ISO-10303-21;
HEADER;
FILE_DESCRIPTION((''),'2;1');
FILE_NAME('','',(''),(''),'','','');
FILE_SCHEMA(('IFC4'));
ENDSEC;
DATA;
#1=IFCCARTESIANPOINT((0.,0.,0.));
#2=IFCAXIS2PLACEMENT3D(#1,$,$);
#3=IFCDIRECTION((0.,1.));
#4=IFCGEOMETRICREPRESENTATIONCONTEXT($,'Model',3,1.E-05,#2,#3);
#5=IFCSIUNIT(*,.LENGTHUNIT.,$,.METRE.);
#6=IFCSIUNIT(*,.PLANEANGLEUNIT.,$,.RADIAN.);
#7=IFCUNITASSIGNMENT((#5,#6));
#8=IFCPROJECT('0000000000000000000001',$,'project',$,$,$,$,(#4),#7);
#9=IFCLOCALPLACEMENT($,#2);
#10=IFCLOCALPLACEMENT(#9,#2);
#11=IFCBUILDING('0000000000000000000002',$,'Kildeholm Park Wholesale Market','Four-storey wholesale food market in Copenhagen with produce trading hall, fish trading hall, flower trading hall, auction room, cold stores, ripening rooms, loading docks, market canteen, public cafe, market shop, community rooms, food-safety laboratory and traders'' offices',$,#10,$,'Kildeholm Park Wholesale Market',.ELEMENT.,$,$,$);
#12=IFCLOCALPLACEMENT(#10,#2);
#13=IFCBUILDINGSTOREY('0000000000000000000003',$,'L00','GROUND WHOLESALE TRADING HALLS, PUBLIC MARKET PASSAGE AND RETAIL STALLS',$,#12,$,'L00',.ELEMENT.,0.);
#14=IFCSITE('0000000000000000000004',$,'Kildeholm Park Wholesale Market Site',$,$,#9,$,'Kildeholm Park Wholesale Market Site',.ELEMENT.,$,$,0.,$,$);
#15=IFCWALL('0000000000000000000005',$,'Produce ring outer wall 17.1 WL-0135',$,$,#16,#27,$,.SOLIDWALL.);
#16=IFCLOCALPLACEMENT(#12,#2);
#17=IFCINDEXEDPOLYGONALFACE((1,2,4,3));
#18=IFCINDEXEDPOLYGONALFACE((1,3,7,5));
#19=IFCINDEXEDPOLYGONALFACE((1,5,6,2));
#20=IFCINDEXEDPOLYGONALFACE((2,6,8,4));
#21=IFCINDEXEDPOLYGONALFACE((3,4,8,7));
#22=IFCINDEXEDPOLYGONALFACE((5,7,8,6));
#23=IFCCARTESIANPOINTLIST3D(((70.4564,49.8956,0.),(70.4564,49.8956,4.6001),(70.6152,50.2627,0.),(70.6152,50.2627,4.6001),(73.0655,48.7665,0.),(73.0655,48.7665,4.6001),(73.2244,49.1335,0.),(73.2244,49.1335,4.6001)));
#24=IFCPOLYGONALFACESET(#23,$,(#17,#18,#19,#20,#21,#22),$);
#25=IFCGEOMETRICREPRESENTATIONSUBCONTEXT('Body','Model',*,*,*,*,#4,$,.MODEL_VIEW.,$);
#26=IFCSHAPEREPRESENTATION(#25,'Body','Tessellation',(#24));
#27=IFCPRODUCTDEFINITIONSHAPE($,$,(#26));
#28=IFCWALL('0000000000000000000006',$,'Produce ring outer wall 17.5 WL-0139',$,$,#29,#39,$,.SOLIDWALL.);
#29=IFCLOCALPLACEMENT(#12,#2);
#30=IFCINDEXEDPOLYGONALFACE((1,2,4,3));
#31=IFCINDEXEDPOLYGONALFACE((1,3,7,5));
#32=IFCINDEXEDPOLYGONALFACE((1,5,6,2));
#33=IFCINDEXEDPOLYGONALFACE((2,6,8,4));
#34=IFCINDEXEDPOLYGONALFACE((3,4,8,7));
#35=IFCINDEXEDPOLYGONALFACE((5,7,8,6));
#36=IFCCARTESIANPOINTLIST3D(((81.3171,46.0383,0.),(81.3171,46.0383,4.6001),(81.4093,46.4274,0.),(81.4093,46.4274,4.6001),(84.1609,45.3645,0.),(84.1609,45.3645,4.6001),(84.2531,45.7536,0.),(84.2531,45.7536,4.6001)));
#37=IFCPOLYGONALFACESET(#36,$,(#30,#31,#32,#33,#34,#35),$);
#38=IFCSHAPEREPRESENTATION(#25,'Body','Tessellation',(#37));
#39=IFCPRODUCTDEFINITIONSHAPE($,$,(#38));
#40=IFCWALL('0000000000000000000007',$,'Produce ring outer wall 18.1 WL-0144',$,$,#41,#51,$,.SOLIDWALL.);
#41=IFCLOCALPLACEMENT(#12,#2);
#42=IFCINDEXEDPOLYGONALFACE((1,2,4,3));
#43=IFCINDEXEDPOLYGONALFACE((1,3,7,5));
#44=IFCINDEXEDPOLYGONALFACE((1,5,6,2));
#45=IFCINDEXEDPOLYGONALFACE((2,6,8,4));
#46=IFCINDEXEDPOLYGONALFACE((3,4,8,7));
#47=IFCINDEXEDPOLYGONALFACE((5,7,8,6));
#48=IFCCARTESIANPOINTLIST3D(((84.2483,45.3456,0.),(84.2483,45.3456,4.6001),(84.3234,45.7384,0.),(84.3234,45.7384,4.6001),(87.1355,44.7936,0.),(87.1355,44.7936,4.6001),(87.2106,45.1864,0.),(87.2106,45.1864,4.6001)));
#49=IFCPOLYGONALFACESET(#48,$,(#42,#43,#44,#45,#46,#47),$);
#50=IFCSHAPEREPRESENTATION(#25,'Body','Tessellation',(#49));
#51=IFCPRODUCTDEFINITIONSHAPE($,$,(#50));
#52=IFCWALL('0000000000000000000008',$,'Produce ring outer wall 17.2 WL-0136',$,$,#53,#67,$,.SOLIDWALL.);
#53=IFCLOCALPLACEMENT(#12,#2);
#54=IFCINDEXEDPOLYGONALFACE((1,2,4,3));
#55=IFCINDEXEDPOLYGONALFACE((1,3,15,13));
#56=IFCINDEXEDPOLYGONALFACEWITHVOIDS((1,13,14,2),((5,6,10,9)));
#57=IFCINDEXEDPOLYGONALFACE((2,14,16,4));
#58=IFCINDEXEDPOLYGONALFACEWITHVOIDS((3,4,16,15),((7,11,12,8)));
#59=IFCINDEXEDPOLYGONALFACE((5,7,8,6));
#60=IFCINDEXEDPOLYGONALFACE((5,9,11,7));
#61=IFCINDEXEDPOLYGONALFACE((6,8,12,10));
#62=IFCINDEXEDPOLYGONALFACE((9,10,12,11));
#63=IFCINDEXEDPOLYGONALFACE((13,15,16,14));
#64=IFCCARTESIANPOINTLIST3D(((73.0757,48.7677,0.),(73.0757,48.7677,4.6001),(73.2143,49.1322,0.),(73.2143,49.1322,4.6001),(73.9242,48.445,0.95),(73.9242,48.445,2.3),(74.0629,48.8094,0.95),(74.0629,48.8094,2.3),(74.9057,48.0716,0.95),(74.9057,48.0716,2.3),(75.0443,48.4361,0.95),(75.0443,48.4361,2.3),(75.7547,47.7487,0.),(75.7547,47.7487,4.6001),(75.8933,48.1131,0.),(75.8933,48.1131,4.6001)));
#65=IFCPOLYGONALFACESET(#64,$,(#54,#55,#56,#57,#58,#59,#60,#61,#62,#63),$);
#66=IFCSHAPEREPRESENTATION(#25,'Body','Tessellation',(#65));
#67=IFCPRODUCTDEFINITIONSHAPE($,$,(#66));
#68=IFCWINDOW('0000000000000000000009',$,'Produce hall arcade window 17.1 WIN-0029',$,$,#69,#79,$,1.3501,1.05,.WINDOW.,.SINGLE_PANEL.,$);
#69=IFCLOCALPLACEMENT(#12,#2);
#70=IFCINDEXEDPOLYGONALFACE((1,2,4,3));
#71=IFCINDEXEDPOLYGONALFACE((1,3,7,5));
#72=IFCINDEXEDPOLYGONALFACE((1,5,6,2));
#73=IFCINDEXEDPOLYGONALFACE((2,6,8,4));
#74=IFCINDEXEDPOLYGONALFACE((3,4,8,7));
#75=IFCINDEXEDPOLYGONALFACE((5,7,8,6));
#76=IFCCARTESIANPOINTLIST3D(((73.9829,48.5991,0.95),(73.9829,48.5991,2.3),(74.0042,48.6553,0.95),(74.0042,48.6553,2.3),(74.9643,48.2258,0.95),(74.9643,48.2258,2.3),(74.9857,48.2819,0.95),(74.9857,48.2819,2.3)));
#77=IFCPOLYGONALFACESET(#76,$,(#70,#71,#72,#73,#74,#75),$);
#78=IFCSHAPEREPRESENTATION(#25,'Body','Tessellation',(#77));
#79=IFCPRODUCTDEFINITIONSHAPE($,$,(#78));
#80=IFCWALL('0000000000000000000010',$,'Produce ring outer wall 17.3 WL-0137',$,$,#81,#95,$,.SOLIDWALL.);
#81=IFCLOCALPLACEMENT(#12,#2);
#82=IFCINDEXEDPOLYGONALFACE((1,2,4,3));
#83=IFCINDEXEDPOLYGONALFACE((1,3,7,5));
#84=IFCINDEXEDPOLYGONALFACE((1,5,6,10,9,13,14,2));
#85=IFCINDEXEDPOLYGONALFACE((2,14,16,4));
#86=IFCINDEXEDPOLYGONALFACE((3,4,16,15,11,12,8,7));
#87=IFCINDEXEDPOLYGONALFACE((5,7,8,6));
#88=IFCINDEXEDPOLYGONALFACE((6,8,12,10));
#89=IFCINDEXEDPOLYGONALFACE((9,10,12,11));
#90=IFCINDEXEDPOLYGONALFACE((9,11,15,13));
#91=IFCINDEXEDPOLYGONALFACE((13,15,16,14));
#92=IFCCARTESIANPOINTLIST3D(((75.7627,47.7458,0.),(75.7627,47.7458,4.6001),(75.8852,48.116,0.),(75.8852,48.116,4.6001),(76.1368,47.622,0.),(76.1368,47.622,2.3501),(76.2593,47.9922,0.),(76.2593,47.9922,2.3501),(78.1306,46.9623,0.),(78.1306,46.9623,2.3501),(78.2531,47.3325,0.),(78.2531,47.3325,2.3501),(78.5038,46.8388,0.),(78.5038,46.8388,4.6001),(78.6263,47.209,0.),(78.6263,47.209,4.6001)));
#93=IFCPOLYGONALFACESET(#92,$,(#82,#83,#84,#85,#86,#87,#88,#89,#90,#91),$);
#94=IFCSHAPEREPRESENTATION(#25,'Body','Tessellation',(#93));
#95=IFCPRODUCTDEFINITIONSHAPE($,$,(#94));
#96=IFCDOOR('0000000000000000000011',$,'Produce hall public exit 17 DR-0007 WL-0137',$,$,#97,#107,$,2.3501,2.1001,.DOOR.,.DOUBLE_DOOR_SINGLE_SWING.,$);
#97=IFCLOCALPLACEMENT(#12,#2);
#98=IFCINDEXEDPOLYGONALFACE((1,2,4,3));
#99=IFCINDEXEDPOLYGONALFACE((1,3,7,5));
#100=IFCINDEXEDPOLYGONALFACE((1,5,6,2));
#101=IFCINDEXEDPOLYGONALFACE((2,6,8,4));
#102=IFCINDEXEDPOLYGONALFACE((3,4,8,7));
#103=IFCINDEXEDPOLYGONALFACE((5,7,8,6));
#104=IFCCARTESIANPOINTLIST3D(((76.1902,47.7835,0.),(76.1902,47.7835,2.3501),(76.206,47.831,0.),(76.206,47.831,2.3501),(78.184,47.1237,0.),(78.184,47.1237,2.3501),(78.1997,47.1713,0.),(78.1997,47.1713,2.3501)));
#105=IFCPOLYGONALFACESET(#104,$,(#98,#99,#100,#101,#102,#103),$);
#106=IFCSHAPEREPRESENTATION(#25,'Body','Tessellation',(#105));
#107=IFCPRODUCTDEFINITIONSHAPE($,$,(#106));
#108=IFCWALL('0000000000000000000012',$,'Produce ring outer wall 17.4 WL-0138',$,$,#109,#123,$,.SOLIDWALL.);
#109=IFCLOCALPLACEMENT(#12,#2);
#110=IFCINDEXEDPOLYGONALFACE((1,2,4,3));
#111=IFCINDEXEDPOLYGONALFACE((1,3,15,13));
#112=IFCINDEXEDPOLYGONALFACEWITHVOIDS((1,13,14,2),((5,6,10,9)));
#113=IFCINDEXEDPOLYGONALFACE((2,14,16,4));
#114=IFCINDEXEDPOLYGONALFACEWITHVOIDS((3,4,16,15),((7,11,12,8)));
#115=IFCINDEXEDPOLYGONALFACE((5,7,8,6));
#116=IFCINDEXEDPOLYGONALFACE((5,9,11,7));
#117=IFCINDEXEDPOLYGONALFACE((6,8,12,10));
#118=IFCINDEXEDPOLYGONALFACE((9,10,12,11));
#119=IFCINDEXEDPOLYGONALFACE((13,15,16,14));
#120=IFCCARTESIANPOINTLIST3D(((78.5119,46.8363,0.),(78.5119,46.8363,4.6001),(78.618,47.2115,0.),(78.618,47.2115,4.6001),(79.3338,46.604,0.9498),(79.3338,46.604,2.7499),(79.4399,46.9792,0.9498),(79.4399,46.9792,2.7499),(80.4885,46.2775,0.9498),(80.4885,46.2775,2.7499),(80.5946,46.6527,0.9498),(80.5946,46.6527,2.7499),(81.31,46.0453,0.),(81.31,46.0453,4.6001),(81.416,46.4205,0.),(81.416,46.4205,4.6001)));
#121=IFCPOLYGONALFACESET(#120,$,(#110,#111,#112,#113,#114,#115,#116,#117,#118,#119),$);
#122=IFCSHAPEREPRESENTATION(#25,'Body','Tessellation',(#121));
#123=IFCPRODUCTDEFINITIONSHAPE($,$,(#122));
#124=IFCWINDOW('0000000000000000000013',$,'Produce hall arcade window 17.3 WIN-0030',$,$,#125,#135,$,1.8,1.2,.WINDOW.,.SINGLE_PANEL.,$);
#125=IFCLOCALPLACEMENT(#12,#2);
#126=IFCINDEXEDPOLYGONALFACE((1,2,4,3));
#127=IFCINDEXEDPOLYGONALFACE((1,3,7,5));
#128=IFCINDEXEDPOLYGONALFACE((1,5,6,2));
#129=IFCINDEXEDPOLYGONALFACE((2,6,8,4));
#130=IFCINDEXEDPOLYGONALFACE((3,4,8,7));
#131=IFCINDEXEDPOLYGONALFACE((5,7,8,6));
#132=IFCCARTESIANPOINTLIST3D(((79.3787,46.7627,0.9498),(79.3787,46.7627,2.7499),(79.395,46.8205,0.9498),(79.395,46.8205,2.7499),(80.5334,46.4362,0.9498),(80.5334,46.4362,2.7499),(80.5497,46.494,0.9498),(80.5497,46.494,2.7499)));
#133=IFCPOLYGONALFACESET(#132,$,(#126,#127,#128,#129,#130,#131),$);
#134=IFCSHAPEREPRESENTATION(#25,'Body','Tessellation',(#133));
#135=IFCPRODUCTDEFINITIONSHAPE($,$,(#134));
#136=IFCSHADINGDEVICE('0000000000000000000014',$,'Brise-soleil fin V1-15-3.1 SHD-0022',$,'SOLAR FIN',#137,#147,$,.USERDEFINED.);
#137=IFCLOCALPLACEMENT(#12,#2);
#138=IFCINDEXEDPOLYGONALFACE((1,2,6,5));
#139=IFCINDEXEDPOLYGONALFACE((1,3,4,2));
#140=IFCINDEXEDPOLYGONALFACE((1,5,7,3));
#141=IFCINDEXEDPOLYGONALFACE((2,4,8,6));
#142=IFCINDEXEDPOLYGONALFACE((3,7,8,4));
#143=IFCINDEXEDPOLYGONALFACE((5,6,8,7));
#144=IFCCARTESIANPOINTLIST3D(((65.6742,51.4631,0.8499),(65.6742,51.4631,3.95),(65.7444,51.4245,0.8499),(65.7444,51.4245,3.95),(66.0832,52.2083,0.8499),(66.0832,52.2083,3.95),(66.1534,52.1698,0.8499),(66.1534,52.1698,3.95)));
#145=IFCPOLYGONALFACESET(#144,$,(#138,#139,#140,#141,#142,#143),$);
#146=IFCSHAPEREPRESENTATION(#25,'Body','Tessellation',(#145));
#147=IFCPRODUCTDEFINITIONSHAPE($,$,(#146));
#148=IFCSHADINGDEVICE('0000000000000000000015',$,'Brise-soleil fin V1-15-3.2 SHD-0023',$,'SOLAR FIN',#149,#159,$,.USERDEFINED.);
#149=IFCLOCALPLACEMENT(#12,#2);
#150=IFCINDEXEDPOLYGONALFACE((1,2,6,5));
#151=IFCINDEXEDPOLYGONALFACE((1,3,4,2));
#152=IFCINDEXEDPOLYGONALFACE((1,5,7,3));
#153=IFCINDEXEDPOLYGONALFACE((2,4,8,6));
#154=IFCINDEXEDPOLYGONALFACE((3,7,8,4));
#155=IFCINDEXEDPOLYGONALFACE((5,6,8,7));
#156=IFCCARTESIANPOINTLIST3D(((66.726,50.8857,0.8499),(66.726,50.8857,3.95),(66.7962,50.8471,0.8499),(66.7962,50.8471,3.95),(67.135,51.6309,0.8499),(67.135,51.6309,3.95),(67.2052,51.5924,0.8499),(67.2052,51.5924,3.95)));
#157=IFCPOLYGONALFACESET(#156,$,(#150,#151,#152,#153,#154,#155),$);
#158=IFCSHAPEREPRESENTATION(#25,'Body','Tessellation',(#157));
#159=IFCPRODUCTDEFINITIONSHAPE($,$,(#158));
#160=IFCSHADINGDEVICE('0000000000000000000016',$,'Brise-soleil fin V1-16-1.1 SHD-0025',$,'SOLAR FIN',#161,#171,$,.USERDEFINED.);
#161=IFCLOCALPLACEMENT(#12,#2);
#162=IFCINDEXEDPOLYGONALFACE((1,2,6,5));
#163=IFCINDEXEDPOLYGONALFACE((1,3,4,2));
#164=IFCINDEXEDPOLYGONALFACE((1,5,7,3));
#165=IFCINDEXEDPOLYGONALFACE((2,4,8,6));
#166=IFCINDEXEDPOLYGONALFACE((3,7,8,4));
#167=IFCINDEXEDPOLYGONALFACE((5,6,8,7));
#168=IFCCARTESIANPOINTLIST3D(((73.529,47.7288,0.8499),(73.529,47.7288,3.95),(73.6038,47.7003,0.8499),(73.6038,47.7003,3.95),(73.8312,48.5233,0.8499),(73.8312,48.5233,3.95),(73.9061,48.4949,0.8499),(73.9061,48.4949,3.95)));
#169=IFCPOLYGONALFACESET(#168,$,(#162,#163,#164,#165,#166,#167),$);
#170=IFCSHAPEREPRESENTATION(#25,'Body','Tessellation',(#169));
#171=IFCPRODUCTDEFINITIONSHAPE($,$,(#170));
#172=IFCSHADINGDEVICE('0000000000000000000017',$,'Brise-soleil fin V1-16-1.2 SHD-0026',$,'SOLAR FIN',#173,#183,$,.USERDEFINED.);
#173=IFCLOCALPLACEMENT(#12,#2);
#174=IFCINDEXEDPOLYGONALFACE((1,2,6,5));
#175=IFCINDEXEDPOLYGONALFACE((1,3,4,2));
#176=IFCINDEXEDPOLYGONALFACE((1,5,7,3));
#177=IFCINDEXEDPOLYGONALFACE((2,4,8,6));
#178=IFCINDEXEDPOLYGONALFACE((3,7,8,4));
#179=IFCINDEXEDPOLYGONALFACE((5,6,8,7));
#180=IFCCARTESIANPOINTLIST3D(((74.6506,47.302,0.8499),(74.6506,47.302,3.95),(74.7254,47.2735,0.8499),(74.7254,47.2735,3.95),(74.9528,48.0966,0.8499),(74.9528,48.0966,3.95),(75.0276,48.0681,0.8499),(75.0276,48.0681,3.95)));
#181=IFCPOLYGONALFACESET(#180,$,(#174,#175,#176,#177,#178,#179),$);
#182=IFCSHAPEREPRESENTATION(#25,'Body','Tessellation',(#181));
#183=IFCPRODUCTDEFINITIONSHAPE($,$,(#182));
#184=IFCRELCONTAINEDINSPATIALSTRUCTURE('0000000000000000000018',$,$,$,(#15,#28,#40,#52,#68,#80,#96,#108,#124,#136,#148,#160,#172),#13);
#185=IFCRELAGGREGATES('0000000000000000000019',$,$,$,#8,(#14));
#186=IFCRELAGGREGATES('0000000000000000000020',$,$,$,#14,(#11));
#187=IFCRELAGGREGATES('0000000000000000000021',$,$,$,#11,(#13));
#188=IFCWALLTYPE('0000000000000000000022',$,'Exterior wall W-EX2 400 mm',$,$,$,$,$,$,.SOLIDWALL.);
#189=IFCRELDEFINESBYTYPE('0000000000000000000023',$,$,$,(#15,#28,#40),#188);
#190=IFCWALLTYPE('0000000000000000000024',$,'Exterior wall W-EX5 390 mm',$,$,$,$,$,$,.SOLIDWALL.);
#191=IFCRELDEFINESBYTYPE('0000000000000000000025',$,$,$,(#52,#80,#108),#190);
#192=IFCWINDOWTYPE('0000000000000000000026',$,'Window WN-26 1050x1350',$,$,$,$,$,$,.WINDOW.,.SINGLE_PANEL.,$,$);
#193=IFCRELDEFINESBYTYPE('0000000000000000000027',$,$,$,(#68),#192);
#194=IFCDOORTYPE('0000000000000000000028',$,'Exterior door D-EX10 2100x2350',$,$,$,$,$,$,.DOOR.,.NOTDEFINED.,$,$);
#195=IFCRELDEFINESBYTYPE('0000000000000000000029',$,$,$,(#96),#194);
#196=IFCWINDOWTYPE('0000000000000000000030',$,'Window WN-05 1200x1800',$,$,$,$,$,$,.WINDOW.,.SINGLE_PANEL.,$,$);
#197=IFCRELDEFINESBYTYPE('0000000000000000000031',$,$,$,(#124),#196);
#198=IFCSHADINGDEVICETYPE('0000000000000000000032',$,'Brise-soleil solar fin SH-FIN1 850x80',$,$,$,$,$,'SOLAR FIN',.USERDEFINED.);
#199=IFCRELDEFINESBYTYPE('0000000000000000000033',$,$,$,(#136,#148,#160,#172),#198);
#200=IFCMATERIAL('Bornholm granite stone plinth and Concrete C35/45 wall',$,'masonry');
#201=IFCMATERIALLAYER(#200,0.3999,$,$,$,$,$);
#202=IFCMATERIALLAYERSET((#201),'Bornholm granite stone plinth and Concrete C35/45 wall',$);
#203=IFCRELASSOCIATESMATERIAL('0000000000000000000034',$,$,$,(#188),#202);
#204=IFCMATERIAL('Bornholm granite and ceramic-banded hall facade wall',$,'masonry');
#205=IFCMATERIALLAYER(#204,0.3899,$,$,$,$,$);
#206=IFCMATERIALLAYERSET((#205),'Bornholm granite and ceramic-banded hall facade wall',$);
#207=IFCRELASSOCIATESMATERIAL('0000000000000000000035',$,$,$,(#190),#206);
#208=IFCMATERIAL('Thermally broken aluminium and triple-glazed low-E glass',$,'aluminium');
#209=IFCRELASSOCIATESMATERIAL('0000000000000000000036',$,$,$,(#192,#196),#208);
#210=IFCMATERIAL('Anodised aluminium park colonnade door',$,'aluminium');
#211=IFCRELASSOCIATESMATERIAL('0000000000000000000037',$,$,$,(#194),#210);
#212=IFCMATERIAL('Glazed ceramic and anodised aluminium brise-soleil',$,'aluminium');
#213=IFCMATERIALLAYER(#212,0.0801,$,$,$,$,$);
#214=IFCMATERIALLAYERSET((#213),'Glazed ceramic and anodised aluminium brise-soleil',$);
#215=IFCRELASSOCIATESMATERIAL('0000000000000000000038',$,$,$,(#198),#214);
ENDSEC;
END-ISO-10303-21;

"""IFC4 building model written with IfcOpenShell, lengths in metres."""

from ifc_helpers import new_model, si_unit, direction, frame, frame_2d, origin, origin_2d, place, context, subcontext, project, spatial, rectangle, extrude, material, layer, layer_set, type_object, element, fill, save


model = new_model("IFC4")

# Units and contexts
model_context = context("Model", 3, precision=1e-05, world=origin(), true_north=direction((0.0, 1.0)))
body_context = subcontext(model_context, "Body", "Model", "MODEL_VIEW")
ifc_project = project(units=[si_unit("LENGTHUNIT", "METRE"), si_unit("PLANEANGLEUNIT", "RADIAN")], contexts=[model_context])

# Site, building, storey
site_placement = place(None, origin())
site = spatial("IfcSite", under=ifc_project, at=site_placement, Name="Kildeholm Park Wholesale Market Site", LongName="Kildeholm Park Wholesale Market Site", CompositionType="ELEMENT", RefElevation=0.0)
building_placement = place(site_placement, origin())
building = spatial("IfcBuilding", under=site, at=building_placement, Name="Kildeholm Park Wholesale Market", Description="Four-storey wholesale food market in Copenhagen with produce trading hall, fish trading hall, flower trading hall, auction room, cold stores, ripening rooms, loading docks, market canteen, public cafe, market shop, community rooms, food-safety laboratory and traders' offices", LongName="Kildeholm Park Wholesale Market", CompositionType="ELEMENT")
storey_placement = place(building_placement, origin())
storey = spatial("IfcBuildingStorey", under=building, at=storey_placement, Name="L00", Description="GROUND WHOLESALE TRADING HALLS, PUBLIC MARKET PASSAGE AND RETAIL STALLS", LongName="L00", CompositionType="ELEMENT", Elevation=0.0)

# Walls
ifc_material_1 = material(Name="Bornholm granite stone plinth and Concrete C35/45 wall", Category="masonry")
ifc_layer_1 = layer(ifc_material_1, 0.3999)
ifc_layer_set_1 = layer_set([ifc_layer_1], Name="Bornholm granite stone plinth and Concrete C35/45 wall")
wall_type_1 = type_object("IfcWallType", Name="Exterior wall W-EX2 400 mm", PredefinedType="SOLIDWALL", material=ifc_layer_set_1)
wall_1_placement = place(storey_placement, frame((70.5359, 50.0791, 0.0), z_axis=(0.0, 0.0, 1.0), x_axis=(0.917745, -0.397171, 0.0)))
element("IfcWall", 1, at=wall_1_placement, inside=storey, type_object=wall_type_1, Name="Produce ring outer wall 17.1 WL-0135", PredefinedType="SOLIDWALL", context=body_context, shape_type="SweptSolid", body=[
    extrude(rectangle(XDim=2.843, YDim=0.3999, at=frame_2d((1.4214, 0.0))), origin(), (0.0, 0.0, 1.0), 4.6001),
])
wall_2_placement = place(storey_placement, frame((81.363, 46.2329, 0.0), z_axis=(0.0, 0.0, 1.0), x_axis=(0.973061, -0.230548, 0.0)))
element("IfcWall", 2, at=wall_2_placement, inside=storey, type_object=wall_type_1, Name="Produce ring outer wall 17.5 WL-0139", PredefinedType="SOLIDWALL", context=body_context, shape_type="SweptSolid", body=[
    extrude(rectangle(XDim=2.9226, YDim=0.3999, at=frame_2d((1.4614, 0.0))), origin(), (0.0, 0.0, 1.0), 4.6001),
])
wall_3_placement = place(storey_placement, frame((84.2859, 45.542, 0.0), z_axis=(0.0, 0.0, 1.0), x_axis=(0.98221, -0.187788, 0.0)))
element("IfcWall", 3, at=wall_3_placement, inside=storey, type_object=wall_type_1, Name="Produce ring outer wall 18.1 WL-0144", PredefinedType="SOLIDWALL", context=body_context, shape_type="SweptSolid", body=[
    extrude(rectangle(XDim=2.9395, YDim=0.3999, at=frame_2d((1.4697, 0.0))), origin(), (0.0, 0.0, 1.0), 4.6001),
])

# Wall, opening, window
ifc_material_2 = material(Name="Bornholm granite and ceramic-banded hall facade wall", Category="masonry")
ifc_layer_2 = layer(ifc_material_2, 0.3899)
ifc_layer_set_2 = layer_set([ifc_layer_2], Name="Bornholm granite and ceramic-banded hall facade wall")
wall_type_2 = type_object("IfcWallType", Name="Exterior wall W-EX5 390 mm", PredefinedType="SOLIDWALL", material=ifc_layer_set_2)
wall_4_placement = place(storey_placement, frame((73.145, 48.95, 0.0), z_axis=(0.0, 0.0, 1.0), x_axis=(0.934663, -0.355535, 0.0)))
wall_4 = element("IfcWall", 4, at=wall_4_placement, inside=storey, type_object=wall_type_2, Name="Produce ring outer wall 17.2 WL-0136", PredefinedType="SOLIDWALL", context=body_context, shape_type="SweptSolid", body=[
    extrude(rectangle(XDim=2.8662, YDim=0.3899, at=frame_2d((1.4331, 0.0))), origin(), (0.0, 0.0, 1.0), 4.6001),
])
opening_1_placement = place(wall_4_placement, frame((0.908, 0.0, 0.95)))
opening_1 = element("IfcOpeningElement", 5, at=opening_1_placement, cuts=wall_4, PredefinedType="OPENING", context=body_context, shape_type="SweptSolid", body=[
    extrude(rectangle(XDim=1.05, YDim=1.3501, at=frame_2d((0.5249, 0.675))), frame((0.0, 0.2048, 0.0), z_axis=(0.0, -1.0, 0.0), x_axis=(1.0, 0.0, 0.0)), (0.0, 0.0, 1.0), 0.4099),
])
ifc_material_3 = material(Name="Thermally broken aluminium and triple-glazed low-E glass", Category="aluminium")
window_type_1 = type_object("IfcWindowType", Name="Window WN-26 1050x1350", PartitioningType="SINGLE_PANEL", PredefinedType="WINDOW", material=ifc_material_3)
window_1_placement = place(opening_1_placement, origin())
window_1 = element("IfcWindow", 6, at=window_1_placement, inside=storey, type_object=window_type_1, Name="Produce hall arcade window 17.1 WIN-0029", OverallHeight=1.3501, OverallWidth=1.05, PartitioningType="SINGLE_PANEL", PredefinedType="WINDOW", context=body_context, shape_type="SweptSolid", body=[
    extrude(rectangle(XDim=1.05, YDim=1.3501, at=frame_2d((0.5249, 0.675))), frame((0.0, 0.03, 0.0), z_axis=(0.0, -1.0, 0.0), x_axis=(1.0, 0.0, 0.0)), (0.0, 0.0, 1.0), 0.0601),
])
fill(opening_1, window_1)

# Wall, opening, door
wall_5_placement = place(storey_placement, frame((75.824, 47.9309, 0.0), z_axis=(0.0, 0.0, 1.0), x_axis=(0.949374, -0.314147, 0.0)))
wall_5 = element("IfcWall", 7, at=wall_5_placement, inside=storey, type_object=wall_type_2, Name="Produce ring outer wall 17.3 WL-0137", PredefinedType="SOLIDWALL", context=body_context, shape_type="SweptSolid", body=[
    extrude(rectangle(XDim=2.8872, YDim=0.3899, at=frame_2d((1.4436, 0.0))), origin(), (0.0, 0.0, 1.0), 4.6001),
])
opening_2_placement = place(wall_5_placement, frame((0.394, 0.0, 0.0)))
opening_2 = element("IfcOpeningElement", 8, at=opening_2_placement, cuts=wall_5, PredefinedType="OPENING", context=body_context, shape_type="SweptSolid", body=[
    extrude(rectangle(XDim=2.1001, YDim=2.3501, at=frame_2d((1.05, 1.175))), frame((0.0, 0.2048, 0.0), z_axis=(0.0, -1.0, 0.0), x_axis=(1.0, 0.0, 0.0)), (0.0, 0.0, 1.0), 0.4099),
])
ifc_material_4 = material(Name="Anodised aluminium park colonnade door", Category="aluminium")
door_type = type_object("IfcDoorType", Name="Exterior door D-EX10 2100x2350", OperationType="NOTDEFINED", PredefinedType="DOOR", material=ifc_material_4)
door_placement = place(opening_2_placement, frame((2.1001, 0.0, 0.0), z_axis=(0.0, 0.0, 1.0), x_axis=(-1.0, 0.0, 0.0)))
door = element("IfcDoor", 9, at=door_placement, inside=storey, type_object=door_type, Name="Produce hall public exit 17 DR-0007 WL-0137", OperationType="DOUBLE_DOOR_SINGLE_SWING", OverallHeight=2.3501, OverallWidth=2.1001, PredefinedType="DOOR", context=body_context, shape_type="SweptSolid", body=[
    extrude(rectangle(XDim=2.1001, YDim=2.3501, at=frame_2d((1.05, 1.175))), frame((0.0, 0.0249, 0.0), z_axis=(0.0, -1.0, 0.0), x_axis=(1.0, 0.0, 0.0)), (0.0, 0.0, 1.0), 0.05),
])
fill(opening_2, door)

# Wall, opening, window
wall_6_placement = place(storey_placement, frame((78.5649, 47.0239, 0.0), z_axis=(0.0, 0.0, 1.0), x_axis=(0.962287, -0.272036, 0.0)))
wall_6 = element("IfcWall", 10, at=wall_6_placement, inside=storey, type_object=wall_type_2, Name="Produce ring outer wall 17.4 WL-0138", PredefinedType="SOLIDWALL", context=body_context, shape_type="SweptSolid", body=[
    extrude(rectangle(XDim=2.9077, YDim=0.3899, at=frame_2d((1.4539, 0.0))), origin(), (0.0, 0.0, 1.0), 4.6001),
])
opening_3_placement = place(wall_6_placement, frame((0.854, 0.0, 0.95)))
opening_3 = element("IfcOpeningElement", 11, at=opening_3_placement, cuts=wall_6, PredefinedType="OPENING", context=body_context, shape_type="SweptSolid", body=[
    extrude(rectangle(XDim=1.2, YDim=1.8, at=frame_2d((0.6001, 0.8999))), frame((0.0, 0.2048, 0.0), z_axis=(0.0, -1.0, 0.0), x_axis=(1.0, 0.0, 0.0)), (0.0, 0.0, 1.0), 0.4099),
])
window_type_2 = type_object("IfcWindowType", Name="Window WN-05 1200x1800", PartitioningType="SINGLE_PANEL", PredefinedType="WINDOW", material=ifc_material_3)
window_2_placement = place(opening_3_placement, origin())
window_2 = element("IfcWindow", 12, at=window_2_placement, inside=storey, type_object=window_type_2, Name="Produce hall arcade window 17.3 WIN-0030", OverallHeight=1.8, OverallWidth=1.2, PartitioningType="SINGLE_PANEL", PredefinedType="WINDOW", context=body_context, shape_type="SweptSolid", body=[
    extrude(rectangle(XDim=1.2, YDim=1.8, at=frame_2d((0.6001, 0.8999))), frame((0.0, 0.03, 0.0), z_axis=(0.0, -1.0, 0.0), x_axis=(1.0, 0.0, 0.0)), (0.0, 0.0, 1.0), 0.0601),
])
fill(opening_3, window_2)

# Shading devices
ifc_material_5 = material(Name="Glazed ceramic and anodised aluminium brise-soleil", Category="aluminium")
ifc_layer_3 = layer(ifc_material_5, 0.0801)
ifc_layer_set_3 = layer_set([ifc_layer_3], Name="Glazed ceramic and anodised aluminium brise-soleil")
shading_device_type = type_object("IfcShadingDeviceType", Name="Brise-soleil solar fin SH-FIN1 850x80", ElementType="SOLAR FIN", PredefinedType="USERDEFINED", material=ifc_layer_set_3)
for number, where, z_axis, x_axis, name in (
    (13, (65.9138, 51.8164, 0.8499), (0.0, 0.0, 1.0), (-0.481157, -0.876634, 0.0), "Brise-soleil fin V1-15-3.1 SHD-0022"),
    (14, (66.9656, 51.239, 0.8499), (0.0, 0.0, 1.0), (-0.481157, -0.876634, 0.0), "Brise-soleil fin V1-15-3.2 SHD-0023"),
    (15, (73.7175, 48.1118, 0.8499), (0.0, 0.0, 1.0), (-0.355515, -0.934671, 0.0), "Brise-soleil fin V1-16-1.1 SHD-0025"),
    (16, (74.8391, 47.6851, 0.8499), (0.0, 0.0, 1.0), (-0.355515, -0.934671, 0.0), "Brise-soleil fin V1-16-1.2 SHD-0026"),
):
    element("IfcShadingDevice", number, at=place(storey_placement, frame(where, z_axis=z_axis, x_axis=x_axis)), inside=storey, type_object=shading_device_type, Name=name, ObjectType="SOLAR FIN", PredefinedType="USERDEFINED", context=body_context, shape_type="SweptSolid", body=[
        extrude(rectangle(XDim=0.8501, YDim=0.0801, at=origin_2d()), origin(), (0.0, 0.0, 1.0), 3.1001),
    ])

save(model, "model.ifc")
